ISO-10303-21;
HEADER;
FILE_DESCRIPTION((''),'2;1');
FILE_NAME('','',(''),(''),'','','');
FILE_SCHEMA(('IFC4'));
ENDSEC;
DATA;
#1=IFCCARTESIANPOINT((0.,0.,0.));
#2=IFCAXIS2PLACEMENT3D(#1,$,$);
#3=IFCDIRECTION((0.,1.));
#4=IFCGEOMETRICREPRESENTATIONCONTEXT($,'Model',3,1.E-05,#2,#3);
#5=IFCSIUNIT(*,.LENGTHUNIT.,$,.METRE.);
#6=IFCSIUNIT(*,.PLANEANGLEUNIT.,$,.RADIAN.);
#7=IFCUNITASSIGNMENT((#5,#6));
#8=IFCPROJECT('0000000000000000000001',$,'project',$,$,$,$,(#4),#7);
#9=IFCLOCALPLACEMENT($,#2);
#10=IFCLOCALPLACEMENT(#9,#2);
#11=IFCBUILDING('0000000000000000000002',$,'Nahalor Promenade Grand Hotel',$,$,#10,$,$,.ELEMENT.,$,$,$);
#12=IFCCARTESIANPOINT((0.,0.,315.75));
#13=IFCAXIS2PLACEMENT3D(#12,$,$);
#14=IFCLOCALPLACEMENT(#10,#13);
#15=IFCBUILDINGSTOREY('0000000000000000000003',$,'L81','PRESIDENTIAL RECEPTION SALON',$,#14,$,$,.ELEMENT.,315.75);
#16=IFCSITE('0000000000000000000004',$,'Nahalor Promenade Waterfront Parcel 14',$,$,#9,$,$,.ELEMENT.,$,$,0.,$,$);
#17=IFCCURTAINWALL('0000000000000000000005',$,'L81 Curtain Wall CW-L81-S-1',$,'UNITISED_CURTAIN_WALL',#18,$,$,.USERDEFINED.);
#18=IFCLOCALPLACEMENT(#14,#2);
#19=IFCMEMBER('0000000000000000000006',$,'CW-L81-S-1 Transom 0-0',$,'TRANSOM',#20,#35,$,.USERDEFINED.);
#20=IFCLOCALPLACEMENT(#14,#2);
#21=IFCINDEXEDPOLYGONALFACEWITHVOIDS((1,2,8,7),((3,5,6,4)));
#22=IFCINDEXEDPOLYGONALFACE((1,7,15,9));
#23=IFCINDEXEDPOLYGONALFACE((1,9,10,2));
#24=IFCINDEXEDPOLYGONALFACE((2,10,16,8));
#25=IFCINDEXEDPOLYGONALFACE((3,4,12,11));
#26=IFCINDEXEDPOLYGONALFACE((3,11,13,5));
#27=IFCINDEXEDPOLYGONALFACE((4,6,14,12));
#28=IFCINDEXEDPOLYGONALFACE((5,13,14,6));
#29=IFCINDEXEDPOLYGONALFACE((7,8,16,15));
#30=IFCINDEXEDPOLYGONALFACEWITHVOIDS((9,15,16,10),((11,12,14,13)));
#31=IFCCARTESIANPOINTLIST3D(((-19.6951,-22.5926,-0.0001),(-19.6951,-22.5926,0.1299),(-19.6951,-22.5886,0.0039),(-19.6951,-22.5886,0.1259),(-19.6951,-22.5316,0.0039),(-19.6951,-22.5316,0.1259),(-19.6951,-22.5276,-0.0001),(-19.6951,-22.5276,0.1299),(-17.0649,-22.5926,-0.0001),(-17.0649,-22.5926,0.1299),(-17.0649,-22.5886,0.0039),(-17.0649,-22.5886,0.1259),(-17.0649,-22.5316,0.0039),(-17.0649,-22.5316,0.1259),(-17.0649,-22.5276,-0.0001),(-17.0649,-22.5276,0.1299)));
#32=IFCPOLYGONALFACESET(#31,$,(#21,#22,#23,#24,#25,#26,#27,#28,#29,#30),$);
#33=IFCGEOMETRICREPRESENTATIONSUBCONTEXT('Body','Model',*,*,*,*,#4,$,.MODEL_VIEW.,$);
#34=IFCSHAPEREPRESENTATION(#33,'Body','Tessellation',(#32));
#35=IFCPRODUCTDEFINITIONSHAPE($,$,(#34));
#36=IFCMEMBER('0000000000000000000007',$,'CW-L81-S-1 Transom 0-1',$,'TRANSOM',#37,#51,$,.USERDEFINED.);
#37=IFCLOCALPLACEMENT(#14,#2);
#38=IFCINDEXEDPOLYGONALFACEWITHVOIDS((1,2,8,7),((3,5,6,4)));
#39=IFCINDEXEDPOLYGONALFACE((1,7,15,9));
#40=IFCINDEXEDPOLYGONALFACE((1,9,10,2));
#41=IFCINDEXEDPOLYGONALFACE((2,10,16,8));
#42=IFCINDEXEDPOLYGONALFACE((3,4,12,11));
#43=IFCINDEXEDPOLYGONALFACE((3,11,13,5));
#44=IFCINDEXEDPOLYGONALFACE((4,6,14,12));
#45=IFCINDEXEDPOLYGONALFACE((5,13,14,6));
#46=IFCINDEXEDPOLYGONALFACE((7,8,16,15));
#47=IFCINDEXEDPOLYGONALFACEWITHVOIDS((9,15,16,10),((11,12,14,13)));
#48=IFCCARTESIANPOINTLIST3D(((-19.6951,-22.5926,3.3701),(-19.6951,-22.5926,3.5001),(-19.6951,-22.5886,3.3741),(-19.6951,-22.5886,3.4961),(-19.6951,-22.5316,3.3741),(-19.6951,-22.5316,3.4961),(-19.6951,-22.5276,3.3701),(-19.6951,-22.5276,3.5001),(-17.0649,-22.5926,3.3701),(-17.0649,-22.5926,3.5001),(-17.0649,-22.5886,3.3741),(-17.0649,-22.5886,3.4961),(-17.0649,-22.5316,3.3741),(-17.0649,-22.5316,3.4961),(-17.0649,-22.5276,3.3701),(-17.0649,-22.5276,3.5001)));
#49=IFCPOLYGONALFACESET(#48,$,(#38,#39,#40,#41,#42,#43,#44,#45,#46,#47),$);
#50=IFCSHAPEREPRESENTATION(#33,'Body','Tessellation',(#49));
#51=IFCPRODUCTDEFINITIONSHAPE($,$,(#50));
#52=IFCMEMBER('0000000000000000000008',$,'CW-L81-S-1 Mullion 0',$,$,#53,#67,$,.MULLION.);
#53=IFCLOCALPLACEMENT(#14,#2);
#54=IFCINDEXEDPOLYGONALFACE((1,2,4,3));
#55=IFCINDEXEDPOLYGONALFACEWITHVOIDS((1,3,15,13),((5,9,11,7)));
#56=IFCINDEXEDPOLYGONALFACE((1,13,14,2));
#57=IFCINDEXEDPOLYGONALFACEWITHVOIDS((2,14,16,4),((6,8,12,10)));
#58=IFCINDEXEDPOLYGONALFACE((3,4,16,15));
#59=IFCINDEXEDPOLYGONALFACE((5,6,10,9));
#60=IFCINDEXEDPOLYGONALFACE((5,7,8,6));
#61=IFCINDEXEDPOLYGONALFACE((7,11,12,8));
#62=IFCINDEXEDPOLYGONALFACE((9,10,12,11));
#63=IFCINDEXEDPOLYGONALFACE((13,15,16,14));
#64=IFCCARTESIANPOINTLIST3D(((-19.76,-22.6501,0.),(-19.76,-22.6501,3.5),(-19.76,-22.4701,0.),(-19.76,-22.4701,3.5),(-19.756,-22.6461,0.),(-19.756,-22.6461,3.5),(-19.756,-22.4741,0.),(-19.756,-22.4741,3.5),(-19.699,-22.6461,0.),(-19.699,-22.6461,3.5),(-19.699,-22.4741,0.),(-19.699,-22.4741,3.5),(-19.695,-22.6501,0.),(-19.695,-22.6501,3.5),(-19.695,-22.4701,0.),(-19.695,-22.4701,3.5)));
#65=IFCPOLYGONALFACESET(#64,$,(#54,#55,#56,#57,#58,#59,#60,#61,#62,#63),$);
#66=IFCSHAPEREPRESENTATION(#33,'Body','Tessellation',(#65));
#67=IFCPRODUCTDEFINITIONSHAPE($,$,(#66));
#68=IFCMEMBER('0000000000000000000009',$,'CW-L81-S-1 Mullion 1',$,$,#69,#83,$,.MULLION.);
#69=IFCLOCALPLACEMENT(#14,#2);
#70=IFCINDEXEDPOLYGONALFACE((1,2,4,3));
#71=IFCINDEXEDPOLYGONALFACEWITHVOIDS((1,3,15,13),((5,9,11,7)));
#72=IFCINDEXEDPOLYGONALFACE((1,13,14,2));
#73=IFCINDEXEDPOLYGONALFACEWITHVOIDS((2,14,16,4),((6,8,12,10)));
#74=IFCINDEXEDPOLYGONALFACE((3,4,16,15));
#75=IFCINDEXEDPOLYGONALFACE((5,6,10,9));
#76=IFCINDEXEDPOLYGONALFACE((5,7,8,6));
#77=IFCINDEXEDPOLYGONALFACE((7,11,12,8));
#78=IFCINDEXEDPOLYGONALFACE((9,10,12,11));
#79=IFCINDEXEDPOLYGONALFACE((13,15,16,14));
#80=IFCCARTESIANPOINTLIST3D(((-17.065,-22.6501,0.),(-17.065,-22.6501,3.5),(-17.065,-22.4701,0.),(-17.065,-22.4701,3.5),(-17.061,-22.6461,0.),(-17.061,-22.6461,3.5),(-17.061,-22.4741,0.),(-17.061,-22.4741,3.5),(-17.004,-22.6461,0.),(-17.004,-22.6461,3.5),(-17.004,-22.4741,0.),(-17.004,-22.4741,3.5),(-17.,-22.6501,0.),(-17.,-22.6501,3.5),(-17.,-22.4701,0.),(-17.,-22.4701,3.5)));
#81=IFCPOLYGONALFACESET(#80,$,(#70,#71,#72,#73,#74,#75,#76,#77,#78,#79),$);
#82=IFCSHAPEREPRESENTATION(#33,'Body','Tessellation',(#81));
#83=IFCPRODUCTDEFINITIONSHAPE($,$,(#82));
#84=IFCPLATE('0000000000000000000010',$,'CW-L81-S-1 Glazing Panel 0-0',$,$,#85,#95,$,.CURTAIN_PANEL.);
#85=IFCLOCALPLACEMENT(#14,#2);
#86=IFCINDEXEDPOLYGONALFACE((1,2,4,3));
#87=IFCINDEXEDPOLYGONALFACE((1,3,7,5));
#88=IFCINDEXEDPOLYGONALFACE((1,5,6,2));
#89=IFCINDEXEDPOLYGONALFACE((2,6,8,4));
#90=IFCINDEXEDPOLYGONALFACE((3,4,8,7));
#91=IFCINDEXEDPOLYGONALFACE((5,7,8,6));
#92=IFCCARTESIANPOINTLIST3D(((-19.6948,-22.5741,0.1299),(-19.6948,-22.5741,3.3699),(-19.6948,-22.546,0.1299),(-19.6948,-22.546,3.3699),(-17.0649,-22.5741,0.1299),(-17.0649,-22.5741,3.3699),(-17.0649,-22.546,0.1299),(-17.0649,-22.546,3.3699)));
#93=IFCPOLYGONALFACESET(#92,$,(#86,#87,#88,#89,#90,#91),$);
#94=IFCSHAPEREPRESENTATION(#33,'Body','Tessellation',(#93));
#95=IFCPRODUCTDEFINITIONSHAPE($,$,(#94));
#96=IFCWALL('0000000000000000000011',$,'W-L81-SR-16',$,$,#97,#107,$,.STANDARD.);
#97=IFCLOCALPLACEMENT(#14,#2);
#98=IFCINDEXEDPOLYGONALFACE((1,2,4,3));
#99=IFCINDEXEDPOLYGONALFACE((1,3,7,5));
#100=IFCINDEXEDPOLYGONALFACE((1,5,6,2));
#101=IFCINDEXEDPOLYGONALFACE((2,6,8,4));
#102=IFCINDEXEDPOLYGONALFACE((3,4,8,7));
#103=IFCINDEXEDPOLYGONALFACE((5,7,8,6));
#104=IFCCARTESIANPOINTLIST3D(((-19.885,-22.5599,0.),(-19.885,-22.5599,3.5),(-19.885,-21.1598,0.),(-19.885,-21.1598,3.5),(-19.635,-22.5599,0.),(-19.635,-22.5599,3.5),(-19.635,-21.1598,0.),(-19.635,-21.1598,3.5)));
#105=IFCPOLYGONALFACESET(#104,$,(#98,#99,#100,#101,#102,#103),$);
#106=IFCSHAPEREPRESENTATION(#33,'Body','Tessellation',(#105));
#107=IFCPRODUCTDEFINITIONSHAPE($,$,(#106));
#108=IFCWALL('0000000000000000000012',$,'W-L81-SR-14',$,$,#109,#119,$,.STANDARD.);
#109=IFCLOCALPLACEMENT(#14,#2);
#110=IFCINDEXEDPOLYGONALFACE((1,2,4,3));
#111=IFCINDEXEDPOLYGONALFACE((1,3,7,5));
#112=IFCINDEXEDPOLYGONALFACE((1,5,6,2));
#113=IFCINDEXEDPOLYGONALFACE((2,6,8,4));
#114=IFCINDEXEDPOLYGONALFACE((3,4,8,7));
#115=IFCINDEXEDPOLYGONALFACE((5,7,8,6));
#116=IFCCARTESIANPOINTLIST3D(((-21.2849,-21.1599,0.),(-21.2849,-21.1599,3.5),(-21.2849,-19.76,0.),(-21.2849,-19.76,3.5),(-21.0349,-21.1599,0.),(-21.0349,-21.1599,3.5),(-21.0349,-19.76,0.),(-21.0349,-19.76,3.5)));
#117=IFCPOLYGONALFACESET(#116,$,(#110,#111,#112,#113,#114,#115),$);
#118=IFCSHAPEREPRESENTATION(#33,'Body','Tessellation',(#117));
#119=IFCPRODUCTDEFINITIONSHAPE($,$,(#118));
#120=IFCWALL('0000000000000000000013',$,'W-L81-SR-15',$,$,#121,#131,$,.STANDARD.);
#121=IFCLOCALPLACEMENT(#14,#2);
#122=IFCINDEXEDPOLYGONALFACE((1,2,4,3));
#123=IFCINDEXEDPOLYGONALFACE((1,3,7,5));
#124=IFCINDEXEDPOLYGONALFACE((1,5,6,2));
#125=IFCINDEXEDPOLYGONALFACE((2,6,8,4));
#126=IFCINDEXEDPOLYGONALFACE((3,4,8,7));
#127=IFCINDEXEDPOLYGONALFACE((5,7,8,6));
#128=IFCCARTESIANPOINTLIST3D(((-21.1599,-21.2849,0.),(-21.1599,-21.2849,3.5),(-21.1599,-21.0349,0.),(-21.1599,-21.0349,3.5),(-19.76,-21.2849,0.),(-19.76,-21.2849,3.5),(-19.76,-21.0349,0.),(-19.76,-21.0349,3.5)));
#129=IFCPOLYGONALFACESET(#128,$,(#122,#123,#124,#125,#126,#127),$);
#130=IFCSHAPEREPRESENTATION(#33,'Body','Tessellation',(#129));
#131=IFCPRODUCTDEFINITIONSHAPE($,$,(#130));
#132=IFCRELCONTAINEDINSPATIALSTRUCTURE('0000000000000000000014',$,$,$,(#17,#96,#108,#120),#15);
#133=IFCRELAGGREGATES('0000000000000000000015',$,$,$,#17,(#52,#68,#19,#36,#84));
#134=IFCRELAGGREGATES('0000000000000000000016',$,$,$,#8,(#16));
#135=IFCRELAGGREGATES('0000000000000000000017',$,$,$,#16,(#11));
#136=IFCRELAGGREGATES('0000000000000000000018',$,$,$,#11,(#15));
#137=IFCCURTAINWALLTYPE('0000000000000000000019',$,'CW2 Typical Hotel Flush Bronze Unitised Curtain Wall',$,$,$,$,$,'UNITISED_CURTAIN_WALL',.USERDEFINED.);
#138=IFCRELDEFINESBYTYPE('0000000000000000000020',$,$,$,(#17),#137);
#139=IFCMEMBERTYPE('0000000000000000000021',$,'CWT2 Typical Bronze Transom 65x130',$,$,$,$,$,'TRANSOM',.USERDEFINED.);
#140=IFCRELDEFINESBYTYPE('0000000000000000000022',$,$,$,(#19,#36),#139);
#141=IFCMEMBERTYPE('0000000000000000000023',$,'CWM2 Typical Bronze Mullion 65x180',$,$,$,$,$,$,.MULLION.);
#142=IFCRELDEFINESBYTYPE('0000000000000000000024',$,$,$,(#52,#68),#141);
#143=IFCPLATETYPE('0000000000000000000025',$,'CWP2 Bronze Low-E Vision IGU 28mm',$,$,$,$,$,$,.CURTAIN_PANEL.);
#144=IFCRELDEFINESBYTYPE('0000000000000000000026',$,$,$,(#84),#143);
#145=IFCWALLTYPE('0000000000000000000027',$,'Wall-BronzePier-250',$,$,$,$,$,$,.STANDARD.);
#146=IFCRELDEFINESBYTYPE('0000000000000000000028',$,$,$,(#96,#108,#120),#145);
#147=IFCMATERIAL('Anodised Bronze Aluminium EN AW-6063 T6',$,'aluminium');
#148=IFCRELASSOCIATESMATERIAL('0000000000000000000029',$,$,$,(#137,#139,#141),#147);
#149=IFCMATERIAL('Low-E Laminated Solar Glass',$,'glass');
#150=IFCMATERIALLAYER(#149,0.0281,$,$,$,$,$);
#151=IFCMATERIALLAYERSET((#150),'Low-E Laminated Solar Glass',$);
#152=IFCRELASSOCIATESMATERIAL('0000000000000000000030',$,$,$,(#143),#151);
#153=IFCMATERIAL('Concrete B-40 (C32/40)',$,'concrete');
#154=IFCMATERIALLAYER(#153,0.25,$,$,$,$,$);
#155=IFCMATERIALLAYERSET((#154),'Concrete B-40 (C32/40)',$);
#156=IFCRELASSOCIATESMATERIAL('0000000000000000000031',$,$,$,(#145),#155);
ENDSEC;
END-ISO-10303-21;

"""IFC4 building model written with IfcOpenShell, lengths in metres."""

from ifc_helpers import new_model, si_unit, direction, frame, frame_2d, origin, origin_2d, place, context, subcontext, project, spatial, rectangle, hollow_rectangle, extrude, source, transform, mapped, material, layer, layer_set, material_profile, profile_set, type_object, element, aggregate, save


model = new_model("IFC4")

# Units and contexts
model_context = context("Model", 3, precision=1e-05, world=origin(), true_north=direction((0.0, 1.0)))
body_context = subcontext(model_context, "Body", "Model", "MODEL_VIEW")
ifc_project = project(units=[si_unit("LENGTHUNIT", "METRE"), si_unit("PLANEANGLEUNIT", "RADIAN")], contexts=[model_context])

# Site, building, storey
site_placement = place(None, origin())
site = spatial("IfcSite", under=ifc_project, at=site_placement, Name="Nahalor Promenade Waterfront Parcel 14", CompositionType="ELEMENT", RefElevation=0.0)
building_placement = place(site_placement, origin())
building = spatial("IfcBuilding", under=site, at=building_placement, Name="Nahalor Promenade Grand Hotel", CompositionType="ELEMENT")
storey_placement = place(building_placement, frame((0.0, 0.0, 315.75)))
storey = spatial("IfcBuildingStorey", under=building, at=storey_placement, Name="L81", Description="PRESIDENTIAL RECEPTION SALON", CompositionType="ELEMENT", Elevation=315.75)

# Curtain wall, members, plate
ifc_material_1 = material(Name="Anodised Bronze Aluminium EN AW-6063 T6", Category="aluminium")
curtain_wall_type = type_object("IfcCurtainWallType", Name="CW2 Typical Hotel Flush Bronze Unitised Curtain Wall", ElementType="UNITISED_CURTAIN_WALL", PredefinedType="USERDEFINED", material=ifc_material_1)
curtain_wall_placement = place(storey_placement, origin())
curtain_wall = element("IfcCurtainWall", 1, at=curtain_wall_placement, inside=storey, type_object=curtain_wall_type, Name="L81 Curtain Wall CW-L81-S-1", ObjectType="UNITISED_CURTAIN_WALL", PredefinedType="USERDEFINED")
ifc_material_profile_1 = material_profile(ifc_material_1, hollow_rectangle(XDim=0.065, YDim=0.13, WallThickness=0.004, at=origin_2d()), Name="CWT 65x130x4")
ifc_profile_set_1 = profile_set([ifc_material_profile_1], Name="Anodised Bronze Aluminium EN AW-6063 T6")
member_type_1 = type_object("IfcMemberType", Name="CWT2 Typical Bronze Transom 65x130", ElementType="TRANSOM", PredefinedType="USERDEFINED", material=ifc_profile_set_1)
shared_shape_1 = source(origin(), body_context, "Body", "SweptSolid", [
    extrude(hollow_rectangle(XDim=0.065, YDim=0.13, WallThickness=0.004, at=origin_2d()), origin(), (0.0, 0.0, 1.0), 2.6301),
])
member_1_placement = place(storey_placement, frame((-19.6951, -22.5601, 0.0649), z_axis=(1.0, 0.0, 0.0), x_axis=(0.0, 1.0, 0.0)))
member_1 = element("IfcMember", 2, at=member_1_placement, type_object=member_type_1, Name="CW-L81-S-1 Transom 0-0", ObjectType="TRANSOM", PredefinedType="USERDEFINED", context=body_context, shape_type="MappedRepresentation", body=[
    mapped(shared_shape_1, transform((0.0, 0.0, 0.0), scale=1.0)),
])
member_2_placement = place(storey_placement, frame((-19.6951, -22.5601, 3.4351), z_axis=(1.0, 0.0, 0.0), x_axis=(0.0, 1.0, 0.0)))
member_2 = element("IfcMember", 3, at=member_2_placement, type_object=member_type_1, Name="CW-L81-S-1 Transom 0-1", ObjectType="TRANSOM", PredefinedType="USERDEFINED", context=body_context, shape_type="MappedRepresentation", body=[
    mapped(shared_shape_1, transform((0.0, 0.0, 0.0), scale=1.0)),
])
ifc_material_profile_2 = material_profile(ifc_material_1, hollow_rectangle(XDim=0.065, YDim=0.18, WallThickness=0.004, at=origin_2d()), Name="CWM 65x180x4")
ifc_profile_set_2 = profile_set([ifc_material_profile_2], Name="Anodised Bronze Aluminium EN AW-6063 T6")
member_type_2 = type_object("IfcMemberType", Name="CWM2 Typical Bronze Mullion 65x180", PredefinedType="MULLION", material=ifc_profile_set_2)
shared_shape_2 = source(origin(), body_context, "Body", "SweptSolid", [
    extrude(hollow_rectangle(XDim=0.065, YDim=0.18, WallThickness=0.004, at=origin_2d()), origin(), (0.0, 0.0, 1.0), 3.5),
])
member_3_placement = place(storey_placement, frame((-19.7275, -22.5601, 0.0), z_axis=(0.0, 0.0, 1.0), x_axis=(1.0, 0.0, 0.0)))
member_3 = element("IfcMember", 4, at=member_3_placement, type_object=member_type_2, Name="CW-L81-S-1 Mullion 0", PredefinedType="MULLION", context=body_context, shape_type="MappedRepresentation", body=[
    mapped(shared_shape_2, transform((0.0, 0.0, 0.0), scale=1.0)),
])
member_4_placement = place(storey_placement, frame((-17.0325, -22.5601, 0.0), z_axis=(0.0, 0.0, 1.0), x_axis=(1.0, 0.0, 0.0)))
member_4 = element("IfcMember", 5, at=member_4_placement, type_object=member_type_2, Name="CW-L81-S-1 Mullion 1", PredefinedType="MULLION", context=body_context, shape_type="MappedRepresentation", body=[
    mapped(shared_shape_2, transform((0.0, 0.0, 0.0), scale=1.0)),
])
ifc_material_2 = material(Name="Low-E Laminated Solar Glass", Category="glass")
ifc_layer_1 = layer(ifc_material_2, 0.0281)
ifc_layer_set_1 = layer_set([ifc_layer_1], Name="Low-E Laminated Solar Glass")
plate_type = type_object("IfcPlateType", Name="CWP2 Bronze Low-E Vision IGU 28mm", PredefinedType="CURTAIN_PANEL", material=ifc_layer_set_1)
shared_shape_3 = source(origin(), body_context, "Body", "SweptSolid", [
    extrude(rectangle(XDim=2.6299, YDim=0.0281, at=origin_2d()), origin(), (0.0, 0.0, 1.0), 3.24),
])
plate_placement = place(storey_placement, frame((-18.3799, -22.5601, 0.1299), z_axis=(0.0, 0.0, 1.0), x_axis=(1.0, 0.0, 0.0)))
plate = element("IfcPlate", 6, at=plate_placement, type_object=plate_type, Name="CW-L81-S-1 Glazing Panel 0-0", PredefinedType="CURTAIN_PANEL", context=body_context, shape_type="MappedRepresentation", body=[
    mapped(shared_shape_3, transform((0.0, 0.0, 0.0), scale=1.0)),
])
aggregate(curtain_wall, [member_3, member_4, member_1, member_2, plate])

# Walls
ifc_material_3 = material(Name="Concrete B-40 (C32/40)", Category="concrete")
ifc_layer_2 = layer(ifc_material_3, 0.25)
ifc_layer_set_2 = layer_set([ifc_layer_2], Name="Concrete B-40 (C32/40)")
wall_type_1 = type_object("IfcWallType", Name="Wall-BronzePier-250", PredefinedType="STANDARD", material=ifc_layer_set_2)
shared_shape_4 = source(origin(), body_context, "Body", "SweptSolid", [
    extrude(rectangle(XDim=1.4001, YDim=0.25, at=frame_2d((0.7002, 0.0))), origin(), (0.0, 0.0, 1.0), 3.5),
])
wall_1_placement = place(storey_placement, frame((-19.76, -22.5601, 0.0), z_axis=(0.0, 0.0, 1.0), x_axis=(0.0, 1.0, 0.0)))
element("IfcWall", 7, at=wall_1_placement, inside=storey, type_object=wall_type_1, Name="W-L81-SR-16", PredefinedType="STANDARD", context=body_context, shape_type="MappedRepresentation", body=[
    mapped(shared_shape_4, transform((0.0, 0.0, 0.0), scale=1.0)),
])
shared_shape_5 = source(origin(), body_context, "Body", "SweptSolid", [
    extrude(rectangle(XDim=1.3999, YDim=0.25, at=frame_2d((0.7, 0.0))), origin(), (0.0, 0.0, 1.0), 3.5),
])
for number, where, z_axis, x_axis, name in (
    (8, (-21.1599, -21.1599, 0.0), (0.0, 0.0, 1.0), (0.0, 1.0, 0.0), "W-L81-SR-14"),
    (9, (-21.1599, -21.1599, 0.0), (0.0, 0.0, 1.0), (1.0, 0.0, 0.0), "W-L81-SR-15"),
):
    element("IfcWall", number, at=place(storey_placement, frame(where, z_axis=z_axis, x_axis=x_axis)), inside=storey, type_object=wall_type_1, Name=name, PredefinedType="STANDARD", context=body_context, shape_type="MappedRepresentation", body=[
        mapped(shared_shape_5, transform((0.0, 0.0, 0.0), scale=1.0)),
    ])

save(model, "model.ifc")
